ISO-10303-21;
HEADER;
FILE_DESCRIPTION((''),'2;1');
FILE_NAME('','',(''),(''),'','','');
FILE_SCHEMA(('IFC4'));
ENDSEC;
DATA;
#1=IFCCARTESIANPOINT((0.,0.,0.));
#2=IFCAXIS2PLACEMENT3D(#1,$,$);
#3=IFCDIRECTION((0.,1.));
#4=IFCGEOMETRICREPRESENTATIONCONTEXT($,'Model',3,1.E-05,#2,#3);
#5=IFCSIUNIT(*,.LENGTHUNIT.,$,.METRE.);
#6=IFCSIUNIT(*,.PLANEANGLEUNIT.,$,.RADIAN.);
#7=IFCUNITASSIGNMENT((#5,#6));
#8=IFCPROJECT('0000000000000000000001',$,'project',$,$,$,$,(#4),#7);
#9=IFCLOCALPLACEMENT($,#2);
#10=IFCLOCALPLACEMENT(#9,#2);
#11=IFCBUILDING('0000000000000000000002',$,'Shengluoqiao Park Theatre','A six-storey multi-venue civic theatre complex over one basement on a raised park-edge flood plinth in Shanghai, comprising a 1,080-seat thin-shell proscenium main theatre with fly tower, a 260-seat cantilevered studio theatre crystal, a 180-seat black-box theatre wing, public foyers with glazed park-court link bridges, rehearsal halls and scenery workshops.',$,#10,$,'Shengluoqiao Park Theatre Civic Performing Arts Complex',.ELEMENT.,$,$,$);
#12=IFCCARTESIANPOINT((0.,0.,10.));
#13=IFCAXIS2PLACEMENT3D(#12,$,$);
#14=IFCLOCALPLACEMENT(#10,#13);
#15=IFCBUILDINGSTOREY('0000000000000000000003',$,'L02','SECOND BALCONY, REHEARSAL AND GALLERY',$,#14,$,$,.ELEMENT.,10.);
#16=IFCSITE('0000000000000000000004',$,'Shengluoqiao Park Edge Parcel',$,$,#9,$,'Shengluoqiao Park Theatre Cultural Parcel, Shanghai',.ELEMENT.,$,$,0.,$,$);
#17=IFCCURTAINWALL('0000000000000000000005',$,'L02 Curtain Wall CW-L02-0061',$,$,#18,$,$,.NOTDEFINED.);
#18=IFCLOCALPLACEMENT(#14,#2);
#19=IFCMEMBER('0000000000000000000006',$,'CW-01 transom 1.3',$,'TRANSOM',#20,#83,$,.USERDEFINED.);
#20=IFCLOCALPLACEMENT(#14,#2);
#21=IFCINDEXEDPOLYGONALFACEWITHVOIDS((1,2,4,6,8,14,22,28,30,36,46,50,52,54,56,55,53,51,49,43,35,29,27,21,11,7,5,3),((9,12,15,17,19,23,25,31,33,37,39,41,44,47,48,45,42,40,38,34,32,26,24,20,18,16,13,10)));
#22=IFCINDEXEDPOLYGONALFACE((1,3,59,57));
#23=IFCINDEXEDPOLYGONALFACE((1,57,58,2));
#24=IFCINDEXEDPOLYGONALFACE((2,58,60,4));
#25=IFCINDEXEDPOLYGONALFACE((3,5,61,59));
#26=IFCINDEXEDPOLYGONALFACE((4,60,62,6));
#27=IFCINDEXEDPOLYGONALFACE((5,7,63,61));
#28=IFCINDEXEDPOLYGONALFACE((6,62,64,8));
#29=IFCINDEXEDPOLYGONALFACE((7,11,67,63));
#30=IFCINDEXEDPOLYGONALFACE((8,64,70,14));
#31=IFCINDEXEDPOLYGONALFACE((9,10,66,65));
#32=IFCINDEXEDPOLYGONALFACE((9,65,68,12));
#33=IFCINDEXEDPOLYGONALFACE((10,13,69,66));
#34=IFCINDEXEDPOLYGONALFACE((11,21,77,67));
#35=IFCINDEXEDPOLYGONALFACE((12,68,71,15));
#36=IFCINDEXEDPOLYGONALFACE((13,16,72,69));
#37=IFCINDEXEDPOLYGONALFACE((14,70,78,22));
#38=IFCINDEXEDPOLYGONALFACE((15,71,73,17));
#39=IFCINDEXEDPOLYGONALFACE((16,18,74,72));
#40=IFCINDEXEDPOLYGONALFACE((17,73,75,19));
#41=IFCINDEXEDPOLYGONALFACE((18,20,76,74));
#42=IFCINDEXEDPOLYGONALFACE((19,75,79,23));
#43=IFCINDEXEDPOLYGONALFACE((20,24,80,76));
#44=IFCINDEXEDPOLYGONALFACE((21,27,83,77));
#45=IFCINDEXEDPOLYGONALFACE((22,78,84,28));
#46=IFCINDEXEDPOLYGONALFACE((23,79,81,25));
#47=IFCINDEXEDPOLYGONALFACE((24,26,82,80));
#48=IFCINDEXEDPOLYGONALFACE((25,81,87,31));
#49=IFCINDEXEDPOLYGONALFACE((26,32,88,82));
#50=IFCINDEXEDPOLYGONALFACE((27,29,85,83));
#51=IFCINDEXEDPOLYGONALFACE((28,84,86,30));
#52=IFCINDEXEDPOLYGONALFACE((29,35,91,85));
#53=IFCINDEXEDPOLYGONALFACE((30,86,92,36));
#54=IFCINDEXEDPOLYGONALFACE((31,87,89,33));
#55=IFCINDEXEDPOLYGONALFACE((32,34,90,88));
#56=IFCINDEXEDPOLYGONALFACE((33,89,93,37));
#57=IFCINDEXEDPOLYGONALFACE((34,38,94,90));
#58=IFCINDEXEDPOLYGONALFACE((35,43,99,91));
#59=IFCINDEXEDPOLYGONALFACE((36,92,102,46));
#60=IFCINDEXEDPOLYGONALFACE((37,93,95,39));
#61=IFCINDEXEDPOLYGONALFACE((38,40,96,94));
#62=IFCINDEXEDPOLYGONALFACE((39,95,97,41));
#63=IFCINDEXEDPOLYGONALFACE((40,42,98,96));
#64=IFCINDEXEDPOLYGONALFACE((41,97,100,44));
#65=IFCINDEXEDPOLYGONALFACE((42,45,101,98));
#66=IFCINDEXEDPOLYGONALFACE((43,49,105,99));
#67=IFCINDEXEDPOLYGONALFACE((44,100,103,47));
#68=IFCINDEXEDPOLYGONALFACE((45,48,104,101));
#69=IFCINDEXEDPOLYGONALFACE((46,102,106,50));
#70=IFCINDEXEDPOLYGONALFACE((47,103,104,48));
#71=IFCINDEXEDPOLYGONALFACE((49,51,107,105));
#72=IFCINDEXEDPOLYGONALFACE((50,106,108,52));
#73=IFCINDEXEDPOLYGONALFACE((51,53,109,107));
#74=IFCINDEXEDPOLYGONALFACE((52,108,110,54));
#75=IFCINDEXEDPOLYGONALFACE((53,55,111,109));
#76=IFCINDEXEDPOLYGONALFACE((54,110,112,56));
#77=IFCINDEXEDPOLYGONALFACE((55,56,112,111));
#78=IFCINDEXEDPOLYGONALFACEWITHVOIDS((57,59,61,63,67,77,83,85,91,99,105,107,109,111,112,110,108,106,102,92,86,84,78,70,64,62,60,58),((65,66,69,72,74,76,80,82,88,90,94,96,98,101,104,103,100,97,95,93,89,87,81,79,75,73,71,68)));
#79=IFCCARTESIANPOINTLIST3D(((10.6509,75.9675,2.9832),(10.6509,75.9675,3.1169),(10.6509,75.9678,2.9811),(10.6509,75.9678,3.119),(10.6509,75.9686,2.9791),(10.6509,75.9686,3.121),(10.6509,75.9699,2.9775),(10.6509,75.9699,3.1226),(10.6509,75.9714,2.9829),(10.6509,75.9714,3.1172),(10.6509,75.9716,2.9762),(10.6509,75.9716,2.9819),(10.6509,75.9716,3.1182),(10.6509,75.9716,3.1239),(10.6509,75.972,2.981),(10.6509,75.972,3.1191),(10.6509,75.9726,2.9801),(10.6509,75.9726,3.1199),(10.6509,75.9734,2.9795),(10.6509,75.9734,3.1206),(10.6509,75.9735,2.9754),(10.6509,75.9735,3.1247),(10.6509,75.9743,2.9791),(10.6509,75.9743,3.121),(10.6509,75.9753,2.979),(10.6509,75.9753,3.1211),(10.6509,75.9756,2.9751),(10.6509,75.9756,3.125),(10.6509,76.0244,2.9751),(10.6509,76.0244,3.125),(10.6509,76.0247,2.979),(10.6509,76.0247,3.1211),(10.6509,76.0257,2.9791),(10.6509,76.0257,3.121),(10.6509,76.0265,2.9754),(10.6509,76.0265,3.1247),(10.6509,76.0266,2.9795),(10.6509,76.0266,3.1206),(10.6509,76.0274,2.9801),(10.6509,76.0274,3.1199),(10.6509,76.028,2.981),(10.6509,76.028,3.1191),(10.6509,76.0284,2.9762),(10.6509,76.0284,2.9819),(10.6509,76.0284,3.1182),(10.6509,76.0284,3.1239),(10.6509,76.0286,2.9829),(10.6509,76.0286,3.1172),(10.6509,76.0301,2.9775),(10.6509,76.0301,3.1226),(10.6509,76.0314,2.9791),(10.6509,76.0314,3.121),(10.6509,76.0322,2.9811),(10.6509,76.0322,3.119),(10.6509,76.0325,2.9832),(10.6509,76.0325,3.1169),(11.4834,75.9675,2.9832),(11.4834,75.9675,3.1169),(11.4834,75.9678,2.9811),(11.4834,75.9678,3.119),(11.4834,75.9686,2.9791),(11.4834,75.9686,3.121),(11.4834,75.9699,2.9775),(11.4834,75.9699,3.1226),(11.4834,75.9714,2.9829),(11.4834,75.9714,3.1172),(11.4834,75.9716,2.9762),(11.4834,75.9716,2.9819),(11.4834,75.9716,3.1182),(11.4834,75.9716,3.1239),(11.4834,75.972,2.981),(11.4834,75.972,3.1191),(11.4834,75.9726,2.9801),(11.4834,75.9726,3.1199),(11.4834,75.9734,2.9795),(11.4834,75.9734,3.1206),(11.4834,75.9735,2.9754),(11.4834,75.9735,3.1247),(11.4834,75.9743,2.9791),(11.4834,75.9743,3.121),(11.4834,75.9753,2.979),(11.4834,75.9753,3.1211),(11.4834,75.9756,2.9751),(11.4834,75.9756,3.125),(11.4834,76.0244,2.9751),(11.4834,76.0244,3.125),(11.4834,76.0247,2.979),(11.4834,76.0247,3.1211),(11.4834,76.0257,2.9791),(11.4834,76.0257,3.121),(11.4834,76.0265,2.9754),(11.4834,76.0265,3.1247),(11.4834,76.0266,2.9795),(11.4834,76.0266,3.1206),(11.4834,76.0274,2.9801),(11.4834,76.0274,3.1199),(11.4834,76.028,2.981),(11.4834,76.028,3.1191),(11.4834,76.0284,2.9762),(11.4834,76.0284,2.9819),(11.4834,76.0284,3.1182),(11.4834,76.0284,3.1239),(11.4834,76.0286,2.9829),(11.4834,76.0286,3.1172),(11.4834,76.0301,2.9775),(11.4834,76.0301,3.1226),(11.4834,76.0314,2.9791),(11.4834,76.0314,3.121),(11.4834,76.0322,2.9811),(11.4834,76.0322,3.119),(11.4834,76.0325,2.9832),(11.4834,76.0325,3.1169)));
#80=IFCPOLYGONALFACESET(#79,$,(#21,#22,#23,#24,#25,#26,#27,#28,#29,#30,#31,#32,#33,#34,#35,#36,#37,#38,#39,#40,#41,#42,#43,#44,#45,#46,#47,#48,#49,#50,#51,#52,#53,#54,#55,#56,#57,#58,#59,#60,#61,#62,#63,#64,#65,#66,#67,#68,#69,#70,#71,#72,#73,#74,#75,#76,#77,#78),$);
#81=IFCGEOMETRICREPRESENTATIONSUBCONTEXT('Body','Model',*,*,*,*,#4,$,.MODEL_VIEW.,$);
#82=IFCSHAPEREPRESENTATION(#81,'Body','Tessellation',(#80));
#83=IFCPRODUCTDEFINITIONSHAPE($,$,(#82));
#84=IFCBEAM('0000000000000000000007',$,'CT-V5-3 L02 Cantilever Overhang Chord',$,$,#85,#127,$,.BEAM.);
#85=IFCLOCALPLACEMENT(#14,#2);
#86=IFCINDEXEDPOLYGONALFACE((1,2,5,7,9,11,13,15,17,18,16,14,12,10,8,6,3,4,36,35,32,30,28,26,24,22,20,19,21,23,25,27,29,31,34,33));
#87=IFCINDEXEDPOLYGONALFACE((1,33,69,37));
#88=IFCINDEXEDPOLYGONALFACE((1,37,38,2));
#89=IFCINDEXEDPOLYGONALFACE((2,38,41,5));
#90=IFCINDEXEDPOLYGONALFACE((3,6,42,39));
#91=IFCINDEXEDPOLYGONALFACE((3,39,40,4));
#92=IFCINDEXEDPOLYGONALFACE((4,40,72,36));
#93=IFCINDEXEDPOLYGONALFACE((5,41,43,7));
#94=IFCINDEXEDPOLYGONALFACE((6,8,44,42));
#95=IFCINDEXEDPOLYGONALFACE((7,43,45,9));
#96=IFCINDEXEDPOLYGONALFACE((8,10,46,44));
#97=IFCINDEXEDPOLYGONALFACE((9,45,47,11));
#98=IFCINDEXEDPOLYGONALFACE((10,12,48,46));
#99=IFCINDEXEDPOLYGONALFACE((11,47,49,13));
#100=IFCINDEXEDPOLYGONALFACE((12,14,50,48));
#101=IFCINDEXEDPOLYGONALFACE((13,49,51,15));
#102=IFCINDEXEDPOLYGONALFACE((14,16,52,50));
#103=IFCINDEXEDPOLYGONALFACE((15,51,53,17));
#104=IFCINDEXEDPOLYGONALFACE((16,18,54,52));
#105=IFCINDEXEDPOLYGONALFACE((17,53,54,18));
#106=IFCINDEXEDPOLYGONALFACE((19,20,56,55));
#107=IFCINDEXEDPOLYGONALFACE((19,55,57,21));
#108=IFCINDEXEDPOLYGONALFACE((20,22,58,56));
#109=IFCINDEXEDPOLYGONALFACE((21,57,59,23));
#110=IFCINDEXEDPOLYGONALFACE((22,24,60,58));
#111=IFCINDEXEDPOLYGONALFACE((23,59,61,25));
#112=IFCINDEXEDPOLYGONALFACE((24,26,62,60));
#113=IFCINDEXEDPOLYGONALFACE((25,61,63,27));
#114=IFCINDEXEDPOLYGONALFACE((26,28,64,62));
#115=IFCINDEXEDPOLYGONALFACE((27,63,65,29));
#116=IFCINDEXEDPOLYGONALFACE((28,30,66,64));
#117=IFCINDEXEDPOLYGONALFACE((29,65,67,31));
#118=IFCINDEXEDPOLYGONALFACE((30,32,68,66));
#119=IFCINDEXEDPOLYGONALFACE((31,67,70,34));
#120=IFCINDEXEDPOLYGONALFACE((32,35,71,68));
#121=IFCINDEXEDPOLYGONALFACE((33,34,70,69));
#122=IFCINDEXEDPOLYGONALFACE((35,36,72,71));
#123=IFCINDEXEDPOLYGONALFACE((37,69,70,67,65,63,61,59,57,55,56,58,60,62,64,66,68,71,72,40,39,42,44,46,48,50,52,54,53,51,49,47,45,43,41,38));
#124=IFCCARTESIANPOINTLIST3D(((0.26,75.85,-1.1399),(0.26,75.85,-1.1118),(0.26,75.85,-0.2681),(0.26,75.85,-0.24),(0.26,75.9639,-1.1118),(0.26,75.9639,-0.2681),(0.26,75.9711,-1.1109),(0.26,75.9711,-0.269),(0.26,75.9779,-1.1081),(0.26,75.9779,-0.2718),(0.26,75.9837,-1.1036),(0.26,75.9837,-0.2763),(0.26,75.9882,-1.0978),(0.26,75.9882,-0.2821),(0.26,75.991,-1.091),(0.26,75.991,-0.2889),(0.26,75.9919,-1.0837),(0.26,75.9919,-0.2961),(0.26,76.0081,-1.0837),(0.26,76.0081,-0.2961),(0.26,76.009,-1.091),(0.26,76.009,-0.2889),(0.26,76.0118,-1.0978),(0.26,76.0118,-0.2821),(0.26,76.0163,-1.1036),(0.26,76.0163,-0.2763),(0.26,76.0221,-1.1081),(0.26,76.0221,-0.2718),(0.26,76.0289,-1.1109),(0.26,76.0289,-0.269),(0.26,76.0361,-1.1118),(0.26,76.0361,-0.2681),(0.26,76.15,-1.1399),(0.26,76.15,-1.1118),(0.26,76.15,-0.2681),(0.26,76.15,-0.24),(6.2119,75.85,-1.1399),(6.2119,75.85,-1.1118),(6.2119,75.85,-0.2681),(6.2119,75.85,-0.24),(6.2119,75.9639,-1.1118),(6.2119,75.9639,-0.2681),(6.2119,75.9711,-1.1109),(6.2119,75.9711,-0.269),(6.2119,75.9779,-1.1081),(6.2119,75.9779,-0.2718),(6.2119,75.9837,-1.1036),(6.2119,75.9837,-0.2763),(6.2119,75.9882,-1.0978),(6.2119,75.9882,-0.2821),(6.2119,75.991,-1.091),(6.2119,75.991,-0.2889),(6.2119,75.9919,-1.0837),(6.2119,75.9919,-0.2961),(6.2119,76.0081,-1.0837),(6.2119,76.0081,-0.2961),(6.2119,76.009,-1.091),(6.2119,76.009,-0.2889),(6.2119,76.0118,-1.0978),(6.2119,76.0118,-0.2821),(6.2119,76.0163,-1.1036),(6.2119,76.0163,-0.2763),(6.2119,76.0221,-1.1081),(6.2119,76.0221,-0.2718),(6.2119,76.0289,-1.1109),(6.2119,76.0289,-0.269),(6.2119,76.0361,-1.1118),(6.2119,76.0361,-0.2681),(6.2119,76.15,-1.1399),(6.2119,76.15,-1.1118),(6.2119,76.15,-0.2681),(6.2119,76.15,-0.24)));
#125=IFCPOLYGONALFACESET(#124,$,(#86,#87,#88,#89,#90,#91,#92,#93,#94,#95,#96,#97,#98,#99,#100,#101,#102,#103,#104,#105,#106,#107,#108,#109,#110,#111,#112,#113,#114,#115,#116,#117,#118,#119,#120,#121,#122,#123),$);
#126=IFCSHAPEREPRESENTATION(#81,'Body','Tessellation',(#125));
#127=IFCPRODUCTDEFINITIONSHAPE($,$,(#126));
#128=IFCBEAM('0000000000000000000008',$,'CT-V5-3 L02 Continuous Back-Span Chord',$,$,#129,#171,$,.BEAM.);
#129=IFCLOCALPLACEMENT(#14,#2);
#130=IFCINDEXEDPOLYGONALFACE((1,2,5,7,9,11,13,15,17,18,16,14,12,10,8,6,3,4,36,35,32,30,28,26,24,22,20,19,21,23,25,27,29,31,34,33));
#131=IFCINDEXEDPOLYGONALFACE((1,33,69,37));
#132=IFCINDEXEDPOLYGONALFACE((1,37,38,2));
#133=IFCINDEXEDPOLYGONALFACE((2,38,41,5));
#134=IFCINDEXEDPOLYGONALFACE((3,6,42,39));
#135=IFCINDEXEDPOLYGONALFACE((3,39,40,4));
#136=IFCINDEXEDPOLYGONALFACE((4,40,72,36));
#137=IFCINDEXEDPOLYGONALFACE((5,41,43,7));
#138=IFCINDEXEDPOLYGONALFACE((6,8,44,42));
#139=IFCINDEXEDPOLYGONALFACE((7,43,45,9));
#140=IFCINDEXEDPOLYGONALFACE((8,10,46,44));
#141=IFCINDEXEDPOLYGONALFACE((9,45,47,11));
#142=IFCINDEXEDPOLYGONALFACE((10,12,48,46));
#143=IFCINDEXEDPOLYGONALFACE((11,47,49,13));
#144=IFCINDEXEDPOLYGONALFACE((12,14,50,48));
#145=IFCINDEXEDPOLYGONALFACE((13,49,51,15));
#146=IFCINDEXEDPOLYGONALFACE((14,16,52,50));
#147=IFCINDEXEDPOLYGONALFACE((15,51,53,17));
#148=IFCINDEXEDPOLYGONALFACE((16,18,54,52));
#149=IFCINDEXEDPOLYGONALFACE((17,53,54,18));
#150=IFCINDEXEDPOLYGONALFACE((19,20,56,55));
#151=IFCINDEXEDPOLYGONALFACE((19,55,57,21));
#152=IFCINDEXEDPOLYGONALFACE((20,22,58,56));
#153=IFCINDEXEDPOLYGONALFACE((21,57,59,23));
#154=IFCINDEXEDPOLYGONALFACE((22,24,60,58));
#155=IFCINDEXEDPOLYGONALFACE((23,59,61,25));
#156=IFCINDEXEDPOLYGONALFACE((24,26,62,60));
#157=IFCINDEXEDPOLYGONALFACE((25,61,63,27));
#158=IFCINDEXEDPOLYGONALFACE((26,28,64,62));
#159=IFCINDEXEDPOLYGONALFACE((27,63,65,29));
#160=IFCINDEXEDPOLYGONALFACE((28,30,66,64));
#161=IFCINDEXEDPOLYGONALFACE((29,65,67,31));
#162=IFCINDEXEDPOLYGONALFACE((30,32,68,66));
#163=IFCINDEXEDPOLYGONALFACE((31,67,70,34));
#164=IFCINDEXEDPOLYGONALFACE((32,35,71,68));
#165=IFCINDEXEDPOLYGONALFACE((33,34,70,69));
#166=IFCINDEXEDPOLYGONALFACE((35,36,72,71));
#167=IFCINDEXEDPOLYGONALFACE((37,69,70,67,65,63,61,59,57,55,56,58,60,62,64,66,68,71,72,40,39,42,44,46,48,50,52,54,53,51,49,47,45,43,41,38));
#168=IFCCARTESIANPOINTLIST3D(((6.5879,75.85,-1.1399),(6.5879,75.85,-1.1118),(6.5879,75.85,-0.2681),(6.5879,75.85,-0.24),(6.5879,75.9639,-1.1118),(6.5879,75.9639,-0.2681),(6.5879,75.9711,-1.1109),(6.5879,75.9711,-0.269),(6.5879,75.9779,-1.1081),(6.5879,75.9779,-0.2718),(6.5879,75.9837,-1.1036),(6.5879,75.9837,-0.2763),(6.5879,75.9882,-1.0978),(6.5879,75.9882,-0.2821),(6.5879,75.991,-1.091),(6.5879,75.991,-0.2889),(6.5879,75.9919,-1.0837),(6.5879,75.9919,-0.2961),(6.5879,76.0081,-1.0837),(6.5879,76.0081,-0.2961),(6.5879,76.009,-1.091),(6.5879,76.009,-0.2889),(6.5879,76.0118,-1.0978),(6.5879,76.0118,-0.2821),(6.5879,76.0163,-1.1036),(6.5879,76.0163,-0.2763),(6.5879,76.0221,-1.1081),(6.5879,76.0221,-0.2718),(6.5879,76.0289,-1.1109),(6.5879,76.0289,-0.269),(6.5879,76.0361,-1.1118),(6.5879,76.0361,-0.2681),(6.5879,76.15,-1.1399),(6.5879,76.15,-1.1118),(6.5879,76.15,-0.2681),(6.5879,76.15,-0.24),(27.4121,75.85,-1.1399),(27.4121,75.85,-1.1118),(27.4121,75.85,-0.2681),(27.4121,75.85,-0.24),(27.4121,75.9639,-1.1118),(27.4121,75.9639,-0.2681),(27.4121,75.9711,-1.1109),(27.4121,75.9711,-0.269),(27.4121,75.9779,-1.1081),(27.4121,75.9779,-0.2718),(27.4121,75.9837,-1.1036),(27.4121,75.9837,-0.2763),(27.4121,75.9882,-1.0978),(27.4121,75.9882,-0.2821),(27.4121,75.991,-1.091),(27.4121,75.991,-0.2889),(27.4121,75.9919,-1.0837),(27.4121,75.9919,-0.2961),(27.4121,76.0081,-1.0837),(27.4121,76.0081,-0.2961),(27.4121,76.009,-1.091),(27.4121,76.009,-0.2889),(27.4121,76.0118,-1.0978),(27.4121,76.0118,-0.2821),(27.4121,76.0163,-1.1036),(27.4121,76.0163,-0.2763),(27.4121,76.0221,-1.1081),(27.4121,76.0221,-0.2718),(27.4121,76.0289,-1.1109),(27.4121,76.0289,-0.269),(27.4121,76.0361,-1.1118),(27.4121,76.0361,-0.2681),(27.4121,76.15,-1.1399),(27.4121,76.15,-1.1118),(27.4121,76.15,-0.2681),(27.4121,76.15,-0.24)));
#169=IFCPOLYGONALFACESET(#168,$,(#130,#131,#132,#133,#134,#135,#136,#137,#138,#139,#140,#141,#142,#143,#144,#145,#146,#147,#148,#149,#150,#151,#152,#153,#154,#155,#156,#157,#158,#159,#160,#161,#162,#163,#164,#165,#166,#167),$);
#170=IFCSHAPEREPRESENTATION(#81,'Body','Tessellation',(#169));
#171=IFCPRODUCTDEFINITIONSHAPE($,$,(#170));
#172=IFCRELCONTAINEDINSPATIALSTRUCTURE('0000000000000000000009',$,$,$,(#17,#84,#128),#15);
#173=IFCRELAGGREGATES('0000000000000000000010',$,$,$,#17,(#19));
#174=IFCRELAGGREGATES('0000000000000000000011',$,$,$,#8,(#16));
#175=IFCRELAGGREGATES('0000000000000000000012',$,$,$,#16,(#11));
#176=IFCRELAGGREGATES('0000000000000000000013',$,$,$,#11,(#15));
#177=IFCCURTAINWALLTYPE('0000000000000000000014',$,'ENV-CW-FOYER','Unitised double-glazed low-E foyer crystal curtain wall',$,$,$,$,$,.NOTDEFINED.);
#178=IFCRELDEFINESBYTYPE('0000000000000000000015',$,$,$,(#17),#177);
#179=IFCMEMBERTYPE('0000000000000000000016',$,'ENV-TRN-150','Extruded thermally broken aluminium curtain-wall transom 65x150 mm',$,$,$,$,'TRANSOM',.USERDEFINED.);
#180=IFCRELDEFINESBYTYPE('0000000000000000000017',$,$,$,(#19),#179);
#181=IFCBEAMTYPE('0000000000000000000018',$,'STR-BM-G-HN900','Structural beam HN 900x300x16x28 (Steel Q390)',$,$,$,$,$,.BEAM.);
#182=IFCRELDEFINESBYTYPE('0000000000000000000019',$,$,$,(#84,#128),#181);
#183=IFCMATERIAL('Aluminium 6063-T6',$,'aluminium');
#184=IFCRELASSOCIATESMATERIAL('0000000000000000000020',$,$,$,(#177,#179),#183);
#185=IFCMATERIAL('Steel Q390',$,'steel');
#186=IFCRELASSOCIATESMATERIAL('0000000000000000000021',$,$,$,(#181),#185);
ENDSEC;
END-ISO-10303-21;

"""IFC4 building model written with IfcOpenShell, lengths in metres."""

from ifc_helpers import new_model, si_unit, direction, frame, origin, origin_2d, place, context, subcontext, project, spatial, hollow_rectangle, i_section, extrude, material, material_profile, profile_set, type_object, element, aggregate, save


model = new_model("IFC4")

# Units and contexts
model_context = context("Model", 3, precision=1e-05, world=origin(), true_north=direction((0.0, 1.0)))
body_context = subcontext(model_context, "Body", "Model", "MODEL_VIEW")
ifc_project = project(units=[si_unit("LENGTHUNIT", "METRE"), si_unit("PLANEANGLEUNIT", "RADIAN")], contexts=[model_context])

# Site, building, storey
site_placement = place(None, origin())
site = spatial("IfcSite", under=ifc_project, at=site_placement, Name="Shengluoqiao Park Edge Parcel", LongName="Shengluoqiao Park Theatre Cultural Parcel, Shanghai", CompositionType="ELEMENT", RefElevation=0.0)
building_placement = place(site_placement, origin())
building = spatial("IfcBuilding", under=site, at=building_placement, Name="Shengluoqiao Park Theatre", Description="A six-storey multi-venue civic theatre complex over one basement on a raised park-edge flood plinth in Shanghai, comprising a 1,080-seat thin-shell proscenium main theatre with fly tower, a 260-seat cantilevered studio theatre crystal, a 180-seat black-box theatre wing, public foyers with glazed park-court link bridges, rehearsal halls and scenery workshops.", LongName="Shengluoqiao Park Theatre Civic Performing Arts Complex", CompositionType="ELEMENT")
storey_placement = place(building_placement, frame((0.0, 0.0, 10.0)))
storey = spatial("IfcBuildingStorey", under=building, at=storey_placement, Name="L02", Description="SECOND BALCONY, REHEARSAL AND GALLERY", CompositionType="ELEMENT", Elevation=10.0)

# Curtain wall
ifc_material_1 = material(Name="Aluminium 6063-T6", Category="aluminium")
curtain_wall_type = type_object("IfcCurtainWallType", Name="ENV-CW-FOYER", Description="Unitised double-glazed low-E foyer crystal curtain wall", PredefinedType="NOTDEFINED", material=ifc_material_1)
curtain_wall_1_placement = place(storey_placement, origin())
curtain_wall_1 = element("IfcCurtainWall", 1, at=curtain_wall_1_placement, inside=storey, type_object=curtain_wall_type, Name="L02 Curtain Wall CW-L02-0061", PredefinedType="NOTDEFINED")

# Member
ifc_material_profile_1 = material_profile(ifc_material_1, hollow_rectangle(XDim=0.0649, YDim=0.1499, WallThickness=0.0039, InnerFilletRadius=0.0039, OuterFilletRadius=0.0081, at=origin_2d()), Name="ALU TRANSOM 150x65x4")
ifc_profile_set_1 = profile_set([ifc_material_profile_1], Name="Aluminium 6063-T6")
member_type_1 = type_object("IfcMemberType", Name="ENV-TRN-150", Description="Extruded thermally broken aluminium curtain-wall transom 65x150 mm", ElementType="TRANSOM", PredefinedType="USERDEFINED", material=ifc_profile_set_1)
member_1_placement = place(storey_placement, frame((10.6509, 76.0, 3.05), z_axis=(1.0, 0.0, 0.0), x_axis=(0.0, 1.0, 0.0)))
member_1 = element("IfcMember", 2, at=member_1_placement, type_object=member_type_1, Name="CW-01 transom 1.3", ObjectType="TRANSOM", PredefinedType="USERDEFINED", context=body_context, shape_type="SweptSolid", body=[
    extrude(hollow_rectangle(XDim=0.0649, YDim=0.1499, WallThickness=0.0039, InnerFilletRadius=0.0039, OuterFilletRadius=0.0081, at=origin_2d()), origin(), (0.0, 0.0, 1.0), 0.8325),
])
aggregate(curtain_wall_1, [member_1])

# Beams
ifc_material_2 = material(Name="Steel Q390", Category="steel")
ifc_material_profile_2 = material_profile(ifc_material_2, i_section(OverallWidth=0.3, OverallDepth=0.8999, WebThickness=0.0161, FlangeThickness=0.0281, FilletRadius=0.0281, at=origin_2d()), Name="HN 900x300x16x28")
ifc_profile_set_2 = profile_set([ifc_material_profile_2], Name="Steel Q390")
beam_type = type_object("IfcBeamType", Name="STR-BM-G-HN900", Description="Structural beam HN 900x300x16x28 (Steel Q390)", PredefinedType="BEAM", material=ifc_profile_set_2)
beam_1_placement = place(storey_placement, frame((0.26, 76.0, -0.6899), z_axis=(1.0, 0.0, 0.0), x_axis=(0.0, 1.0, 0.0)))
element("IfcBeam", 3, at=beam_1_placement, inside=storey, type_object=beam_type, Name="CT-V5-3 L02 Cantilever Overhang Chord", PredefinedType="BEAM", context=body_context, shape_type="SweptSolid", body=[
    extrude(i_section(OverallWidth=0.3, OverallDepth=0.8999, WebThickness=0.0161, FlangeThickness=0.0281, FilletRadius=0.0281, at=origin_2d()), origin(), (0.0, 0.0, 1.0), 5.9519),
])
beam_2_placement = place(storey_placement, frame((6.5879, 76.0, -0.6899), z_axis=(1.0, 0.0, 0.0), x_axis=(0.0, 1.0, 0.0)))
element("IfcBeam", 4, at=beam_2_placement, inside=storey, type_object=beam_type, Name="CT-V5-3 L02 Continuous Back-Span Chord", PredefinedType="BEAM", context=body_context, shape_type="SweptSolid", body=[
    extrude(i_section(OverallWidth=0.3, OverallDepth=0.8999, WebThickness=0.0161, FlangeThickness=0.0281, FilletRadius=0.0281, at=origin_2d()), origin(), (0.0, 0.0, 1.0), 20.8242),
])

save(model, "model.ifc")
